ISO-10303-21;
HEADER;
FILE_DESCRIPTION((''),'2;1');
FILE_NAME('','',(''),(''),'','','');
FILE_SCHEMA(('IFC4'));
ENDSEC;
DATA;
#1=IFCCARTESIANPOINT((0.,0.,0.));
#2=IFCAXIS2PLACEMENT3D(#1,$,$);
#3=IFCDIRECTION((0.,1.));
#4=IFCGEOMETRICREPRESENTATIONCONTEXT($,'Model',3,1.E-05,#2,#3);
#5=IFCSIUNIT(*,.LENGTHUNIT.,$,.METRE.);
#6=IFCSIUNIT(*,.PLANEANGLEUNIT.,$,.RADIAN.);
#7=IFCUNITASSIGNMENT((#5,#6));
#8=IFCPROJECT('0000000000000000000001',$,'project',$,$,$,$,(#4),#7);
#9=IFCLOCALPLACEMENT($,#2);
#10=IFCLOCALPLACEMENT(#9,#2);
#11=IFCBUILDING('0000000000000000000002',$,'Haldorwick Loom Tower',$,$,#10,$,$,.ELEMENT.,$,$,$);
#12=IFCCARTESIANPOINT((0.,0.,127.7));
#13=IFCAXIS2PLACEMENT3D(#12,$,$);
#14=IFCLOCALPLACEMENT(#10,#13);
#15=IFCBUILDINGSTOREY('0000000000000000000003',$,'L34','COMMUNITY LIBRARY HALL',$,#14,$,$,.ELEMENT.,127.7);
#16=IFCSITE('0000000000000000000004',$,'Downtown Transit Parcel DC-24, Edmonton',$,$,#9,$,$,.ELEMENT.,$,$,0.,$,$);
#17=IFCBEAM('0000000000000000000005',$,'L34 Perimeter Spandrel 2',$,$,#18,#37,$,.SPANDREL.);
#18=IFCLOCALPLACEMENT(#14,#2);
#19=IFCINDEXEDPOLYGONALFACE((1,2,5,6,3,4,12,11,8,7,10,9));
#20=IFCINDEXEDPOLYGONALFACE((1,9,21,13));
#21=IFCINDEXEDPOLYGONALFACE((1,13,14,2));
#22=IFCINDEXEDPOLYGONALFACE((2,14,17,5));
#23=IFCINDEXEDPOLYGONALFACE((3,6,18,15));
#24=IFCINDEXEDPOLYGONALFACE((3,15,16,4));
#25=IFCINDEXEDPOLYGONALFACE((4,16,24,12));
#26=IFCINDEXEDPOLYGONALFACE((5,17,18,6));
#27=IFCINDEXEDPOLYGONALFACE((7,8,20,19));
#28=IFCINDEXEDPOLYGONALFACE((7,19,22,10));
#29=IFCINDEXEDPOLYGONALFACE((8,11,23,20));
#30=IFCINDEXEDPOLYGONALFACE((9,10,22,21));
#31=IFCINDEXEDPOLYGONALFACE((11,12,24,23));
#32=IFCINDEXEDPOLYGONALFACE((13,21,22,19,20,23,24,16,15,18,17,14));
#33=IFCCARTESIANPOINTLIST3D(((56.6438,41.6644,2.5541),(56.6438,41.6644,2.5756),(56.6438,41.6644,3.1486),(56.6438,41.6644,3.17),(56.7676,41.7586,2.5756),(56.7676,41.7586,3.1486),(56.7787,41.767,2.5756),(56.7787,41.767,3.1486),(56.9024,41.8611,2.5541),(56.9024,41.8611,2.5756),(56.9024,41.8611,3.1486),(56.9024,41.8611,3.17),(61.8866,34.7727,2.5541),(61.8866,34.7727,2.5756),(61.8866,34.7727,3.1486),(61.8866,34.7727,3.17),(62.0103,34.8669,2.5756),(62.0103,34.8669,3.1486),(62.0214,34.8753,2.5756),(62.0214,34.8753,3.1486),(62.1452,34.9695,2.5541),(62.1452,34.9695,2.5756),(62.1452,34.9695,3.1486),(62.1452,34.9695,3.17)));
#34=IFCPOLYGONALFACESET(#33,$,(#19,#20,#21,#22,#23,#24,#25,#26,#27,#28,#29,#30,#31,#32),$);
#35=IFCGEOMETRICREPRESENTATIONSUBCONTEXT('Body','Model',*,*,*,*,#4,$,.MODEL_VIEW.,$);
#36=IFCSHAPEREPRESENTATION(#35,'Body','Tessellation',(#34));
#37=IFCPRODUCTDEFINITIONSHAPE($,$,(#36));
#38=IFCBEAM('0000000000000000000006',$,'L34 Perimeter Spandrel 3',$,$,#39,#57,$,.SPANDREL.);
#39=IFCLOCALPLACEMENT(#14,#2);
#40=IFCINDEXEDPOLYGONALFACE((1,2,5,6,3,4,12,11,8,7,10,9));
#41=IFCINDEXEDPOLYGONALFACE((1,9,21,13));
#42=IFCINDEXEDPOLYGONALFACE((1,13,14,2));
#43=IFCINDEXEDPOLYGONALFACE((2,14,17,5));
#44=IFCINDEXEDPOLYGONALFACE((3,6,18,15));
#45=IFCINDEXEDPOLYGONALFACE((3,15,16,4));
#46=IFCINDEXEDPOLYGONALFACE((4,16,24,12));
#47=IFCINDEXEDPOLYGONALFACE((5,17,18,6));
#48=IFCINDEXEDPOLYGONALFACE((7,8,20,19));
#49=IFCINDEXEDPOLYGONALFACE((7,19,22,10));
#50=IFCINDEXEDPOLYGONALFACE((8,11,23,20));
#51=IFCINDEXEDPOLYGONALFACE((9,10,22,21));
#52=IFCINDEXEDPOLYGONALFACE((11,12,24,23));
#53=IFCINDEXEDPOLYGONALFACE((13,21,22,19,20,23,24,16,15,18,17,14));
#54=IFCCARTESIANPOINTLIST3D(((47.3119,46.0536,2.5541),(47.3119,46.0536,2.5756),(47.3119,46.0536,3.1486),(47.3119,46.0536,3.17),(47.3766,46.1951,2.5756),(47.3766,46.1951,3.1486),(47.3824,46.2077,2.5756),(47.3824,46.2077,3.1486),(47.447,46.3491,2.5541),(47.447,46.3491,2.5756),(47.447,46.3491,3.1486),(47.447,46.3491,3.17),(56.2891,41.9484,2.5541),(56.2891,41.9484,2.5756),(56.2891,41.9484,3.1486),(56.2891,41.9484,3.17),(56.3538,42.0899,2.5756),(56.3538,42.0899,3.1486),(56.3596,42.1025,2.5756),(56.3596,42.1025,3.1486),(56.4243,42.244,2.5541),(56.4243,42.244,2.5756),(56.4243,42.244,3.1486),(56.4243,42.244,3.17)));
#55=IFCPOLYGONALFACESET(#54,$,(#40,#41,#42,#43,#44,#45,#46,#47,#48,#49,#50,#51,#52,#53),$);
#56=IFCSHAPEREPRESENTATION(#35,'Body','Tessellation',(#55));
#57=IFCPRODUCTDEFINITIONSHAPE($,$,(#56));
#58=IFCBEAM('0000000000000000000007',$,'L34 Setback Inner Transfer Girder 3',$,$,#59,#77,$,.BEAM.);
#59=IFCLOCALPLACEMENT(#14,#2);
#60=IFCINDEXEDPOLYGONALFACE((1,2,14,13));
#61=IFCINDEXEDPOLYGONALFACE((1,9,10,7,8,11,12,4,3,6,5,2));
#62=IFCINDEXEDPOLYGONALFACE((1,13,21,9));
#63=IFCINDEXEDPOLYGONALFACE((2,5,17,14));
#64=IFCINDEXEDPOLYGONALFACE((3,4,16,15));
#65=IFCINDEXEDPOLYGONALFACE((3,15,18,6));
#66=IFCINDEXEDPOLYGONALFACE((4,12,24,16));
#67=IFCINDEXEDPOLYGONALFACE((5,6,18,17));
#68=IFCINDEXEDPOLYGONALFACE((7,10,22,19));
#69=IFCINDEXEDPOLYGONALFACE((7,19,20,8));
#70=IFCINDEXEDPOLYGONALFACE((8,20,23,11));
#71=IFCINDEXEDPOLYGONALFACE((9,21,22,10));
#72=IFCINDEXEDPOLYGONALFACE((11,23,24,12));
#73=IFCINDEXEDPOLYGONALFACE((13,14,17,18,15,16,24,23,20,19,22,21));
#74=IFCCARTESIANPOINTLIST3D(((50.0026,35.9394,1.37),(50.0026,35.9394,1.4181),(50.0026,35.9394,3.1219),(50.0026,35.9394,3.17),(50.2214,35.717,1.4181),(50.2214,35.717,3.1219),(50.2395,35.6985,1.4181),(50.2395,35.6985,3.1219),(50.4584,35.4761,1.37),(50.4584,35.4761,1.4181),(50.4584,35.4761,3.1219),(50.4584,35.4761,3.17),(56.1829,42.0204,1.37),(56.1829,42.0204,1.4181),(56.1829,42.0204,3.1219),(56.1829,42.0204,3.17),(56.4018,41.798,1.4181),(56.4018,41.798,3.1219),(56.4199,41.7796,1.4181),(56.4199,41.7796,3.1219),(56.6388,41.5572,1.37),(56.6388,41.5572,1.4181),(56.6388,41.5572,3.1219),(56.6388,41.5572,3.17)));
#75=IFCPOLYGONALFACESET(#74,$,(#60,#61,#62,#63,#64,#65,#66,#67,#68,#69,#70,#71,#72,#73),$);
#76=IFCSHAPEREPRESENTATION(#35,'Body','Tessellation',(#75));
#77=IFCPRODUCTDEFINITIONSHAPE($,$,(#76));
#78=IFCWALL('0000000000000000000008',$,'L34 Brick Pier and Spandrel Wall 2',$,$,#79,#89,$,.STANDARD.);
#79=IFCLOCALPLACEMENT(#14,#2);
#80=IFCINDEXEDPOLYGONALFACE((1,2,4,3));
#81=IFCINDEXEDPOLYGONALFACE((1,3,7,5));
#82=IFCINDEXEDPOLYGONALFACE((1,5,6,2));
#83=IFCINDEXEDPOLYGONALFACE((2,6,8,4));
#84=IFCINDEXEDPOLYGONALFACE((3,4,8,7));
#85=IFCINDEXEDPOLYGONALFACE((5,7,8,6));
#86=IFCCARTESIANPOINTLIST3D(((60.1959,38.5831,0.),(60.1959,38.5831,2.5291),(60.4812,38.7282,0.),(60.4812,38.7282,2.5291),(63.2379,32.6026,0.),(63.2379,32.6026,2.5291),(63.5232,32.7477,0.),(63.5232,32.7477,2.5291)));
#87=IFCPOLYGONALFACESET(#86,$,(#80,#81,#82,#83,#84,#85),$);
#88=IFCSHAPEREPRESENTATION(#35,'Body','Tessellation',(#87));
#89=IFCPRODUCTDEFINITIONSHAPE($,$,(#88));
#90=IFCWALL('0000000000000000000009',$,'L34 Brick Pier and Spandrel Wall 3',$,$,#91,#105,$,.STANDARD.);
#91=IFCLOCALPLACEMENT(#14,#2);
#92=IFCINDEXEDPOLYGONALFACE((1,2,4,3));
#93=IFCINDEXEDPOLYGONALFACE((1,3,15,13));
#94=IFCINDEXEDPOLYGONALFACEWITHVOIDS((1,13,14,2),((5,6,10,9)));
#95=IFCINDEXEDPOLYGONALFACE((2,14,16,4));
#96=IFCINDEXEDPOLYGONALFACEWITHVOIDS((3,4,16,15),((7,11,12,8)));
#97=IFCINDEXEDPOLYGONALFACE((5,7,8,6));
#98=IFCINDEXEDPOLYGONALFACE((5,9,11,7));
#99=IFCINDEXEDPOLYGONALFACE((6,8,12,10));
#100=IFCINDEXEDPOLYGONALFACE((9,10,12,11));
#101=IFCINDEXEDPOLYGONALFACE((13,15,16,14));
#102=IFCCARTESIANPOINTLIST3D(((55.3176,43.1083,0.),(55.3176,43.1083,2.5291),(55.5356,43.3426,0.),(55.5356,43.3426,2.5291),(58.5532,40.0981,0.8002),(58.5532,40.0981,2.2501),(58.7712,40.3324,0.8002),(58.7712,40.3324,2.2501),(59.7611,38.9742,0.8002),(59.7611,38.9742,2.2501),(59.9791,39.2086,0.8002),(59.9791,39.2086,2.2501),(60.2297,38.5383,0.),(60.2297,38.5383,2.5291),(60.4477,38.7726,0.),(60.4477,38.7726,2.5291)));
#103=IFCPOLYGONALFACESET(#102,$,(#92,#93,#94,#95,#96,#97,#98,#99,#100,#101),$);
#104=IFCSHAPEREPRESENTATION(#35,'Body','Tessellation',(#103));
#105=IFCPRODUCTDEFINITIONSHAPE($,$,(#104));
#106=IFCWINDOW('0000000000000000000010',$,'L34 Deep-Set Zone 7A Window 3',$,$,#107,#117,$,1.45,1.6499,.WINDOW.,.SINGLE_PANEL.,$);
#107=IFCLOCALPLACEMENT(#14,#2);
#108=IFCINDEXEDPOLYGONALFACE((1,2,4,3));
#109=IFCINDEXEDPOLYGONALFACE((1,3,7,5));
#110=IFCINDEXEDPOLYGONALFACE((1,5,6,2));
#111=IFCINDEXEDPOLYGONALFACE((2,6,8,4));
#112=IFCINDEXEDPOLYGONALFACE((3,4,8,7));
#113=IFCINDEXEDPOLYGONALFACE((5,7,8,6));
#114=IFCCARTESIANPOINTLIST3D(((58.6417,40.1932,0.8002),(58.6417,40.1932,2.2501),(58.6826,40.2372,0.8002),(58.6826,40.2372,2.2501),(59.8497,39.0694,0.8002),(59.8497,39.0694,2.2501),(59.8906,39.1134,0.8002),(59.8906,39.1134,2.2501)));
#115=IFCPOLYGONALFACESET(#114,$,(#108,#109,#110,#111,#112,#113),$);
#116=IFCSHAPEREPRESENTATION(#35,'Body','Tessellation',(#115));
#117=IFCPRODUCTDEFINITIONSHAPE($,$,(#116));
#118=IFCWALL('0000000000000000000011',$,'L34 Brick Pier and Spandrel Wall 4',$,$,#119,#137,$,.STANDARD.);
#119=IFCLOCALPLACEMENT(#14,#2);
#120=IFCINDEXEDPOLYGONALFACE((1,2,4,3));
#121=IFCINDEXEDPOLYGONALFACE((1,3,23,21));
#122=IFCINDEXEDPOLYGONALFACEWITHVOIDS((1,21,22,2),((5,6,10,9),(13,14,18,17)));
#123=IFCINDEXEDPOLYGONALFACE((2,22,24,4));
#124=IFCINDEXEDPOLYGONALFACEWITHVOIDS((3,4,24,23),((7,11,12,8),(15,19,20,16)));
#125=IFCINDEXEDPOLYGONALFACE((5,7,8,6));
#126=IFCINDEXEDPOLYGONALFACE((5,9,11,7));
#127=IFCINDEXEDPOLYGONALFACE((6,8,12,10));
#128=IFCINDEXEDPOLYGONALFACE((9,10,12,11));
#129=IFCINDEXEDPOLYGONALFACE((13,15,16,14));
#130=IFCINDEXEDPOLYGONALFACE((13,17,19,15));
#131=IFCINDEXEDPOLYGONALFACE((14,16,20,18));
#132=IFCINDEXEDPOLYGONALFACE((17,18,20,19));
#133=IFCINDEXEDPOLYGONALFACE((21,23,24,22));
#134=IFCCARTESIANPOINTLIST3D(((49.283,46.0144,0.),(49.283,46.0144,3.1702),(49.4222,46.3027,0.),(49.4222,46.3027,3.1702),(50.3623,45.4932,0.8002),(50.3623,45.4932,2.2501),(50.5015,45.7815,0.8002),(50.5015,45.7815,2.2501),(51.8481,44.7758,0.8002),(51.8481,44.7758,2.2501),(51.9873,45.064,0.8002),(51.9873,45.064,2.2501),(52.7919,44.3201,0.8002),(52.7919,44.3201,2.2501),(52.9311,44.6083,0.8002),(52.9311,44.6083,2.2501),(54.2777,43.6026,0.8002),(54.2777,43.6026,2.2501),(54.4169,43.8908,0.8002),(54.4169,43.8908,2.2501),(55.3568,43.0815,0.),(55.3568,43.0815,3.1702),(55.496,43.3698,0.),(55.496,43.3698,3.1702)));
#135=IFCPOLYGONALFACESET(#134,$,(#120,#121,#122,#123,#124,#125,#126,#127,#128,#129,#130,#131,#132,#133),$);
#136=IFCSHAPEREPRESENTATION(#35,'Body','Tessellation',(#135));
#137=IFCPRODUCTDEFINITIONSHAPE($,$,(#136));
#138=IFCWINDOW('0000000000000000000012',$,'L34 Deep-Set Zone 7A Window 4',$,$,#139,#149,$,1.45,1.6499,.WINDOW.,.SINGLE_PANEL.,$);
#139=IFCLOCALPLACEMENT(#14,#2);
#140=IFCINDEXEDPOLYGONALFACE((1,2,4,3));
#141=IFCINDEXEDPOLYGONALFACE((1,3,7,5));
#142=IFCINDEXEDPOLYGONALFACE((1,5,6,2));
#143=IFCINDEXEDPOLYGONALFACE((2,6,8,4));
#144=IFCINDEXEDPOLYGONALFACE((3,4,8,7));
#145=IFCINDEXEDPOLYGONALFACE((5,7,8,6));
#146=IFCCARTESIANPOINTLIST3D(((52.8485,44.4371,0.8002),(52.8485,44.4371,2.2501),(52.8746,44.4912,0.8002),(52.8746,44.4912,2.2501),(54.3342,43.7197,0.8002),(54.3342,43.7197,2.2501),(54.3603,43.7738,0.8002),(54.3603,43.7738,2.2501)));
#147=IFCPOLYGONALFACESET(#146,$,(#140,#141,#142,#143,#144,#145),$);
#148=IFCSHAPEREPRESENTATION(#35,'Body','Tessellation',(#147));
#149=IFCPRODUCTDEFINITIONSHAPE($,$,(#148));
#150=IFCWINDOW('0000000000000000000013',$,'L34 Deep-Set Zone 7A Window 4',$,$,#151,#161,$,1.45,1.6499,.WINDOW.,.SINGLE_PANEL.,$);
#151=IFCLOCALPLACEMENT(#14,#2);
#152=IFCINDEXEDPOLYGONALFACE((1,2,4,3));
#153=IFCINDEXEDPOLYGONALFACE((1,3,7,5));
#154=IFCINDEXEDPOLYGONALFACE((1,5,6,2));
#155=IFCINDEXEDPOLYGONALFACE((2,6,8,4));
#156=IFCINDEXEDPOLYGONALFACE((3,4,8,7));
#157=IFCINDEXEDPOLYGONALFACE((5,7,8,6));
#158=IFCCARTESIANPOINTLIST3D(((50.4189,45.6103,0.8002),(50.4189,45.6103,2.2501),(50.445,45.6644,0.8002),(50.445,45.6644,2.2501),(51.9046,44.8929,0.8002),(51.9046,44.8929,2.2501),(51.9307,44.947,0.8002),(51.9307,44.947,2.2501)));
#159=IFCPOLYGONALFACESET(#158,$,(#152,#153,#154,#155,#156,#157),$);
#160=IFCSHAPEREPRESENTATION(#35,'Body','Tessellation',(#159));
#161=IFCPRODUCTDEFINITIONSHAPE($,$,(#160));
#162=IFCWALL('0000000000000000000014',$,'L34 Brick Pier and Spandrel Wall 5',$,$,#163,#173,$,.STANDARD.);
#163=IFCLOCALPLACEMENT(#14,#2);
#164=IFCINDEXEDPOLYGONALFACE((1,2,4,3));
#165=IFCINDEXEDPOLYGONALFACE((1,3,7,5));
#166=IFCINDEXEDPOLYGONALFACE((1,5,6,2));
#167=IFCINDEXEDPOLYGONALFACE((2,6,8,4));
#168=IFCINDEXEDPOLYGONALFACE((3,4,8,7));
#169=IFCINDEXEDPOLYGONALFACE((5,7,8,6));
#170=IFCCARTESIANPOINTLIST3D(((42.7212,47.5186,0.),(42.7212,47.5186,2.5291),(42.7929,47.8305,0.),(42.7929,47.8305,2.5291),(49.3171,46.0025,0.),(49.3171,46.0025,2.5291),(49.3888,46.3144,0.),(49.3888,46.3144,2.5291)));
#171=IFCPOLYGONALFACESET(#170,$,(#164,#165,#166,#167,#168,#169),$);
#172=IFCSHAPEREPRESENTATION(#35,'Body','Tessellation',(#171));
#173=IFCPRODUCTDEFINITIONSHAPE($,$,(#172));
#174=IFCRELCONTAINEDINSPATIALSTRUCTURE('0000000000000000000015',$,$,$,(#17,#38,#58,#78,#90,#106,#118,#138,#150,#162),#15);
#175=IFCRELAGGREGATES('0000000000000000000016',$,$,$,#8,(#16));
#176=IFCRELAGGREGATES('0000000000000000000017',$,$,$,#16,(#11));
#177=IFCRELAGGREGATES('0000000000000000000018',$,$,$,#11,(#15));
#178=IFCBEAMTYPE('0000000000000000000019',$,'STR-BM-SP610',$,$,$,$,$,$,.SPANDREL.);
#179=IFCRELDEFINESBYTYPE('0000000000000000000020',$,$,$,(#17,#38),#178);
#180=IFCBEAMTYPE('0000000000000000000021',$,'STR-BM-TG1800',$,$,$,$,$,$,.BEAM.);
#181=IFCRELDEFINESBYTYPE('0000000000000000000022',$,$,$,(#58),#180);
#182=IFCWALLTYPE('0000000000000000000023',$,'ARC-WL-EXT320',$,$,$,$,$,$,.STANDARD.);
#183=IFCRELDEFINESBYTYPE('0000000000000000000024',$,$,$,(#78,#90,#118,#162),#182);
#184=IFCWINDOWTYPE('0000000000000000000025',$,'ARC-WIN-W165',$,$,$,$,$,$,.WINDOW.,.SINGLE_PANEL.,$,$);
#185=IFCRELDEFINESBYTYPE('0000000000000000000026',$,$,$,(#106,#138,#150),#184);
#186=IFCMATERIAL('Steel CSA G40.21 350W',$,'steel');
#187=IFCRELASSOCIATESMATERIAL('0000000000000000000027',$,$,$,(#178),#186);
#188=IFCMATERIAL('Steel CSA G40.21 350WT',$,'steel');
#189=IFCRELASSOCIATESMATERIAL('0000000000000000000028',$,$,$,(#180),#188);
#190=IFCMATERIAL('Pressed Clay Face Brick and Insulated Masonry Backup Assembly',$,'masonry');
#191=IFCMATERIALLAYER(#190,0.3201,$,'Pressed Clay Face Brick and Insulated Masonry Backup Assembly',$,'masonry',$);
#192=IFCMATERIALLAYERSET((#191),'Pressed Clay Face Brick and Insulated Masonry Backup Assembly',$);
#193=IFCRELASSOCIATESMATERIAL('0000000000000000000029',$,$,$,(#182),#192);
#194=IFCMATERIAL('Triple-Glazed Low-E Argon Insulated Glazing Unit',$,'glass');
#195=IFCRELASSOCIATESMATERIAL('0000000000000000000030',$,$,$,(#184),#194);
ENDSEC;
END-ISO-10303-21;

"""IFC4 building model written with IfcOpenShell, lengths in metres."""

from ifc_helpers import new_model, si_unit, direction, frame, frame_2d, origin, origin_2d, place, context, subcontext, project, spatial, rectangle, i_section, extrude, material, layer, layer_set, material_profile, profile_set, type_object, element, fill, save


model = new_model("IFC4")

# Units and contexts
model_context = context("Model", 3, precision=1e-05, world=origin(), true_north=direction((0.0, 1.0)))
body_context = subcontext(model_context, "Body", "Model", "MODEL_VIEW")
ifc_project = project(units=[si_unit("LENGTHUNIT", "METRE"), si_unit("PLANEANGLEUNIT", "RADIAN")], contexts=[model_context])

# Site, building, storey
site_placement = place(None, origin())
site = spatial("IfcSite", under=ifc_project, at=site_placement, Name="Downtown Transit Parcel DC-24, Edmonton", CompositionType="ELEMENT", RefElevation=0.0)
building_placement = place(site_placement, origin())
building = spatial("IfcBuilding", under=site, at=building_placement, Name="Haldorwick Loom Tower", CompositionType="ELEMENT")
storey_placement = place(building_placement, frame((0.0, 0.0, 127.7)))
storey = spatial("IfcBuildingStorey", under=building, at=storey_placement, Name="L34", Description="COMMUNITY LIBRARY HALL", CompositionType="ELEMENT", Elevation=127.7)

# Shared definitions
ifc_material_1 = material(Name="Steel CSA G40.21 350WT", Category="steel")

# Beams
ifc_material_2 = material(Name="Steel CSA G40.21 350W", Category="steel")
ifc_material_profile_1 = material_profile(ifc_material_2, i_section(OverallWidth=0.325, OverallDepth=0.616, WebThickness=0.0139, FlangeThickness=0.0215, at=origin_2d()), Name="W610X174", Category="steel")
ifc_profile_set_1 = profile_set([ifc_material_profile_1], Name="Steel CSA G40.21 350W")
beam_type_1 = type_object("IfcBeamType", Name="STR-BM-SP610", PredefinedType="SPANDREL", material=ifc_profile_set_1)
beam_1_placement = place(storey_placement, frame((62.0159, 34.8711, 2.8621), z_axis=(-0.605454, 0.795881, 0.0), x_axis=(-0.795881, -0.605454, 0.0)))
element("IfcBeam", 1, at=beam_1_placement, inside=storey, type_object=beam_type_1, Name="L34 Perimeter Spandrel 2", PredefinedType="SPANDREL", context=body_context, shape_type="SweptSolid", body=[
    extrude(i_section(OverallWidth=0.325, OverallDepth=0.616, WebThickness=0.0139, FlangeThickness=0.0215, at=origin_2d()), origin(), (0.0, 0.0, 1.0), 8.6592),
])
beam_2_placement = place(storey_placement, frame((56.3567, 42.0962, 2.8621), z_axis=(-0.909424, 0.41587, 0.0), x_axis=(-0.41587, -0.909424, 0.0)))
element("IfcBeam", 2, at=beam_2_placement, inside=storey, type_object=beam_type_1, Name="L34 Perimeter Spandrel 3", PredefinedType="SPANDREL", context=body_context, shape_type="SweptSolid", body=[
    extrude(i_section(OverallWidth=0.325, OverallDepth=0.616, WebThickness=0.0139, FlangeThickness=0.0215, at=origin_2d()), origin(), (0.0, 0.0, 1.0), 9.8713),
])
ifc_material_profile_2 = material_profile(ifc_material_1, i_section(OverallWidth=0.6499, OverallDepth=1.8, WebThickness=0.0259, FlangeThickness=0.0481, at=origin_2d()), Name="WWF1800X650", Category="steel")
ifc_profile_set_2 = profile_set([ifc_material_profile_2], Name="Steel CSA G40.21 350WT")
beam_type_2 = type_object("IfcBeamType", Name="STR-BM-TG1800", PredefinedType="BEAM", material=ifc_profile_set_2)
beam_3_placement = place(storey_placement, frame((50.2305, 35.7078, 2.27), z_axis=(0.712814, 0.701353, 0.0), x_axis=(-0.701353, 0.712814, 0.0)))
element("IfcBeam", 3, at=beam_3_placement, inside=storey, type_object=beam_type_2, Name="L34 Setback Inner Transfer Girder 3", PredefinedType="BEAM", context=body_context, shape_type="SweptSolid", body=[
    extrude(i_section(OverallWidth=0.6499, OverallDepth=1.8, WebThickness=0.0259, FlangeThickness=0.0481, at=origin_2d()), origin(), (0.0, 0.0, 1.0), 8.6704),
])

# Wall
ifc_material_3 = material(Name="Pressed Clay Face Brick and Insulated Masonry Backup Assembly", Category="masonry")
ifc_layer_1 = layer(ifc_material_3, 0.3201, Name="Pressed Clay Face Brick and Insulated Masonry Backup Assembly", Category="masonry")
ifc_layer_set_1 = layer_set([ifc_layer_1], Name="Pressed Clay Face Brick and Insulated Masonry Backup Assembly")
wall_type_1 = type_object("IfcWallType", Name="ARC-WL-EXT320", PredefinedType="STANDARD", material=ifc_layer_set_1)
wall_1_placement = place(storey_placement, frame((63.3806, 32.675, 0.0), z_axis=(0.0, 0.0, 1.0), x_axis=(-0.453374, 0.89132, 0.0)))
element("IfcWall", 4, at=wall_1_placement, inside=storey, type_object=wall_type_1, Name="L34 Brick Pier and Spandrel Wall 2", PredefinedType="STANDARD", context=body_context, shape_type="SweptSolid", body=[
    extrude(rectangle(XDim=6.7097, YDim=0.3201, at=frame_2d((3.355, 0.0))), origin(), (0.0, 0.0, 1.0), 2.5291),
])

# Wall, opening, window
wall_2_placement = place(storey_placement, frame((60.3386, 38.6555, 0.0), z_axis=(0.0, 0.0, 1.0), x_axis=(-0.732137, 0.681157, 0.0)))
wall_2 = element("IfcWall", 5, at=wall_2_placement, inside=storey, type_object=wall_type_1, Name="L34 Brick Pier and Spandrel Wall 3", PredefinedType="STANDARD", context=body_context, shape_type="SweptSolid", body=[
    extrude(rectangle(XDim=6.7092, YDim=0.3201, at=frame_2d((3.3545, 0.0))), origin(), (0.0, 0.0, 1.0), 2.5291),
])
opening_1_placement = place(wall_2_placement, frame((0.6399, 0.0, 0.8)))
opening_1 = element("IfcOpeningElement", 6, at=opening_1_placement, cuts=wall_2, PredefinedType="OPENING", context=body_context, shape_type="SweptSolid", body=[
    extrude(rectangle(XDim=1.6499, YDim=1.45, at=frame_2d((0.825, 0.7251))), frame((0.0, 0.1699, 0.0), z_axis=(0.0, -1.0, 0.0), x_axis=(1.0, 0.0, 0.0)), (0.0, 0.0, 1.0), 0.3401),
])
ifc_material_4 = material(Name="Triple-Glazed Low-E Argon Insulated Glazing Unit", Category="glass")
window_type = type_object("IfcWindowType", Name="ARC-WIN-W165", PartitioningType="SINGLE_PANEL", PredefinedType="WINDOW", material=ifc_material_4)
window_1_placement = place(opening_1_placement, origin())
window_1 = element("IfcWindow", 7, at=window_1_placement, inside=storey, type_object=window_type, Name="L34 Deep-Set Zone 7A Window 3", OverallHeight=1.45, OverallWidth=1.6499, PartitioningType="SINGLE_PANEL", PredefinedType="WINDOW", context=body_context, shape_type="SweptSolid", body=[
    extrude(rectangle(XDim=1.6499, YDim=1.45, at=frame_2d((0.825, 0.7251))), frame((0.0, 0.03, 0.0), z_axis=(0.0, -1.0, 0.0), x_axis=(1.0, 0.0, 0.0)), (0.0, 0.0, 1.0), 0.0601),
])
fill(opening_1, window_1)

# Wall, openings, windows
wall_3_placement = place(storey_placement, frame((55.4265, 43.2256, 0.0), z_axis=(0.0, 0.0, 1.0), x_axis=(-0.90051, 0.434835, 0.0)))
wall_3 = element("IfcWall", 8, at=wall_3_placement, inside=storey, type_object=wall_type_1, Name="L34 Brick Pier and Spandrel Wall 4", PredefinedType="STANDARD", context=body_context, shape_type="SweptSolid", body=[
    extrude(rectangle(XDim=6.7449, YDim=0.3201, at=frame_2d((3.3726, 0.0))), origin(), (0.0, 0.0, 1.0), 3.1702),
])
opening_2_placement = place(wall_3_placement, frame((1.1985, 0.0, 0.8)))
opening_2 = element("IfcOpeningElement", 9, at=opening_2_placement, cuts=wall_3, PredefinedType="OPENING", context=body_context, shape_type="SweptSolid", body=[
    extrude(rectangle(XDim=1.6499, YDim=1.45, at=frame_2d((0.825, 0.7251))), frame((0.0, 0.1699, 0.0), z_axis=(0.0, -1.0, 0.0), x_axis=(1.0, 0.0, 0.0)), (0.0, 0.0, 1.0), 0.3401),
])
opening_3_placement = place(wall_3_placement, frame((3.8965, 0.0, 0.8)))
opening_3 = element("IfcOpeningElement", 10, at=opening_3_placement, cuts=wall_3, PredefinedType="OPENING", context=body_context, shape_type="SweptSolid", body=[
    extrude(rectangle(XDim=1.6499, YDim=1.45, at=frame_2d((0.825, 0.7251))), frame((0.0, 0.1699, 0.0), z_axis=(0.0, -1.0, 0.0), x_axis=(1.0, 0.0, 0.0)), (0.0, 0.0, 1.0), 0.3401),
])
window_2_placement = place(opening_2_placement, origin())
window_2 = element("IfcWindow", 11, at=window_2_placement, inside=storey, type_object=window_type, Name="L34 Deep-Set Zone 7A Window 4", OverallHeight=1.45, OverallWidth=1.6499, PartitioningType="SINGLE_PANEL", PredefinedType="WINDOW", context=body_context, shape_type="SweptSolid", body=[
    extrude(rectangle(XDim=1.6499, YDim=1.45, at=frame_2d((0.825, 0.7251))), frame((0.0, 0.03, 0.0), z_axis=(0.0, -1.0, 0.0), x_axis=(1.0, 0.0, 0.0)), (0.0, 0.0, 1.0), 0.0601),
])
fill(opening_2, window_2)
window_3_placement = place(opening_3_placement, origin())
window_3 = element("IfcWindow", 12, at=window_3_placement, inside=storey, type_object=window_type, Name="L34 Deep-Set Zone 7A Window 4", OverallHeight=1.45, OverallWidth=1.6499, PartitioningType="SINGLE_PANEL", PredefinedType="WINDOW", context=body_context, shape_type="SweptSolid", body=[
    extrude(rectangle(XDim=1.6499, YDim=1.45, at=frame_2d((0.825, 0.7251))), frame((0.0, 0.03, 0.0), z_axis=(0.0, -1.0, 0.0), x_axis=(1.0, 0.0, 0.0)), (0.0, 0.0, 1.0), 0.0601),
])
fill(opening_3, window_3)

# Wall
wall_4_placement = place(storey_placement, frame((49.3528, 46.1584, 0.0), z_axis=(0.0, 0.0, 1.0), x_axis=(-0.974584, 0.224022, 0.0)))
element("IfcWall", 13, at=wall_4_placement, inside=storey, type_object=wall_type_1, Name="L34 Brick Pier and Spandrel Wall 5", PredefinedType="STANDARD", context=body_context, shape_type="SweptSolid", body=[
    extrude(rectangle(XDim=6.7678, YDim=0.3201, at=frame_2d((3.3838, 0.0))), origin(), (0.0, 0.0, 1.0), 2.5291),
])

save(model, "model.ifc")
